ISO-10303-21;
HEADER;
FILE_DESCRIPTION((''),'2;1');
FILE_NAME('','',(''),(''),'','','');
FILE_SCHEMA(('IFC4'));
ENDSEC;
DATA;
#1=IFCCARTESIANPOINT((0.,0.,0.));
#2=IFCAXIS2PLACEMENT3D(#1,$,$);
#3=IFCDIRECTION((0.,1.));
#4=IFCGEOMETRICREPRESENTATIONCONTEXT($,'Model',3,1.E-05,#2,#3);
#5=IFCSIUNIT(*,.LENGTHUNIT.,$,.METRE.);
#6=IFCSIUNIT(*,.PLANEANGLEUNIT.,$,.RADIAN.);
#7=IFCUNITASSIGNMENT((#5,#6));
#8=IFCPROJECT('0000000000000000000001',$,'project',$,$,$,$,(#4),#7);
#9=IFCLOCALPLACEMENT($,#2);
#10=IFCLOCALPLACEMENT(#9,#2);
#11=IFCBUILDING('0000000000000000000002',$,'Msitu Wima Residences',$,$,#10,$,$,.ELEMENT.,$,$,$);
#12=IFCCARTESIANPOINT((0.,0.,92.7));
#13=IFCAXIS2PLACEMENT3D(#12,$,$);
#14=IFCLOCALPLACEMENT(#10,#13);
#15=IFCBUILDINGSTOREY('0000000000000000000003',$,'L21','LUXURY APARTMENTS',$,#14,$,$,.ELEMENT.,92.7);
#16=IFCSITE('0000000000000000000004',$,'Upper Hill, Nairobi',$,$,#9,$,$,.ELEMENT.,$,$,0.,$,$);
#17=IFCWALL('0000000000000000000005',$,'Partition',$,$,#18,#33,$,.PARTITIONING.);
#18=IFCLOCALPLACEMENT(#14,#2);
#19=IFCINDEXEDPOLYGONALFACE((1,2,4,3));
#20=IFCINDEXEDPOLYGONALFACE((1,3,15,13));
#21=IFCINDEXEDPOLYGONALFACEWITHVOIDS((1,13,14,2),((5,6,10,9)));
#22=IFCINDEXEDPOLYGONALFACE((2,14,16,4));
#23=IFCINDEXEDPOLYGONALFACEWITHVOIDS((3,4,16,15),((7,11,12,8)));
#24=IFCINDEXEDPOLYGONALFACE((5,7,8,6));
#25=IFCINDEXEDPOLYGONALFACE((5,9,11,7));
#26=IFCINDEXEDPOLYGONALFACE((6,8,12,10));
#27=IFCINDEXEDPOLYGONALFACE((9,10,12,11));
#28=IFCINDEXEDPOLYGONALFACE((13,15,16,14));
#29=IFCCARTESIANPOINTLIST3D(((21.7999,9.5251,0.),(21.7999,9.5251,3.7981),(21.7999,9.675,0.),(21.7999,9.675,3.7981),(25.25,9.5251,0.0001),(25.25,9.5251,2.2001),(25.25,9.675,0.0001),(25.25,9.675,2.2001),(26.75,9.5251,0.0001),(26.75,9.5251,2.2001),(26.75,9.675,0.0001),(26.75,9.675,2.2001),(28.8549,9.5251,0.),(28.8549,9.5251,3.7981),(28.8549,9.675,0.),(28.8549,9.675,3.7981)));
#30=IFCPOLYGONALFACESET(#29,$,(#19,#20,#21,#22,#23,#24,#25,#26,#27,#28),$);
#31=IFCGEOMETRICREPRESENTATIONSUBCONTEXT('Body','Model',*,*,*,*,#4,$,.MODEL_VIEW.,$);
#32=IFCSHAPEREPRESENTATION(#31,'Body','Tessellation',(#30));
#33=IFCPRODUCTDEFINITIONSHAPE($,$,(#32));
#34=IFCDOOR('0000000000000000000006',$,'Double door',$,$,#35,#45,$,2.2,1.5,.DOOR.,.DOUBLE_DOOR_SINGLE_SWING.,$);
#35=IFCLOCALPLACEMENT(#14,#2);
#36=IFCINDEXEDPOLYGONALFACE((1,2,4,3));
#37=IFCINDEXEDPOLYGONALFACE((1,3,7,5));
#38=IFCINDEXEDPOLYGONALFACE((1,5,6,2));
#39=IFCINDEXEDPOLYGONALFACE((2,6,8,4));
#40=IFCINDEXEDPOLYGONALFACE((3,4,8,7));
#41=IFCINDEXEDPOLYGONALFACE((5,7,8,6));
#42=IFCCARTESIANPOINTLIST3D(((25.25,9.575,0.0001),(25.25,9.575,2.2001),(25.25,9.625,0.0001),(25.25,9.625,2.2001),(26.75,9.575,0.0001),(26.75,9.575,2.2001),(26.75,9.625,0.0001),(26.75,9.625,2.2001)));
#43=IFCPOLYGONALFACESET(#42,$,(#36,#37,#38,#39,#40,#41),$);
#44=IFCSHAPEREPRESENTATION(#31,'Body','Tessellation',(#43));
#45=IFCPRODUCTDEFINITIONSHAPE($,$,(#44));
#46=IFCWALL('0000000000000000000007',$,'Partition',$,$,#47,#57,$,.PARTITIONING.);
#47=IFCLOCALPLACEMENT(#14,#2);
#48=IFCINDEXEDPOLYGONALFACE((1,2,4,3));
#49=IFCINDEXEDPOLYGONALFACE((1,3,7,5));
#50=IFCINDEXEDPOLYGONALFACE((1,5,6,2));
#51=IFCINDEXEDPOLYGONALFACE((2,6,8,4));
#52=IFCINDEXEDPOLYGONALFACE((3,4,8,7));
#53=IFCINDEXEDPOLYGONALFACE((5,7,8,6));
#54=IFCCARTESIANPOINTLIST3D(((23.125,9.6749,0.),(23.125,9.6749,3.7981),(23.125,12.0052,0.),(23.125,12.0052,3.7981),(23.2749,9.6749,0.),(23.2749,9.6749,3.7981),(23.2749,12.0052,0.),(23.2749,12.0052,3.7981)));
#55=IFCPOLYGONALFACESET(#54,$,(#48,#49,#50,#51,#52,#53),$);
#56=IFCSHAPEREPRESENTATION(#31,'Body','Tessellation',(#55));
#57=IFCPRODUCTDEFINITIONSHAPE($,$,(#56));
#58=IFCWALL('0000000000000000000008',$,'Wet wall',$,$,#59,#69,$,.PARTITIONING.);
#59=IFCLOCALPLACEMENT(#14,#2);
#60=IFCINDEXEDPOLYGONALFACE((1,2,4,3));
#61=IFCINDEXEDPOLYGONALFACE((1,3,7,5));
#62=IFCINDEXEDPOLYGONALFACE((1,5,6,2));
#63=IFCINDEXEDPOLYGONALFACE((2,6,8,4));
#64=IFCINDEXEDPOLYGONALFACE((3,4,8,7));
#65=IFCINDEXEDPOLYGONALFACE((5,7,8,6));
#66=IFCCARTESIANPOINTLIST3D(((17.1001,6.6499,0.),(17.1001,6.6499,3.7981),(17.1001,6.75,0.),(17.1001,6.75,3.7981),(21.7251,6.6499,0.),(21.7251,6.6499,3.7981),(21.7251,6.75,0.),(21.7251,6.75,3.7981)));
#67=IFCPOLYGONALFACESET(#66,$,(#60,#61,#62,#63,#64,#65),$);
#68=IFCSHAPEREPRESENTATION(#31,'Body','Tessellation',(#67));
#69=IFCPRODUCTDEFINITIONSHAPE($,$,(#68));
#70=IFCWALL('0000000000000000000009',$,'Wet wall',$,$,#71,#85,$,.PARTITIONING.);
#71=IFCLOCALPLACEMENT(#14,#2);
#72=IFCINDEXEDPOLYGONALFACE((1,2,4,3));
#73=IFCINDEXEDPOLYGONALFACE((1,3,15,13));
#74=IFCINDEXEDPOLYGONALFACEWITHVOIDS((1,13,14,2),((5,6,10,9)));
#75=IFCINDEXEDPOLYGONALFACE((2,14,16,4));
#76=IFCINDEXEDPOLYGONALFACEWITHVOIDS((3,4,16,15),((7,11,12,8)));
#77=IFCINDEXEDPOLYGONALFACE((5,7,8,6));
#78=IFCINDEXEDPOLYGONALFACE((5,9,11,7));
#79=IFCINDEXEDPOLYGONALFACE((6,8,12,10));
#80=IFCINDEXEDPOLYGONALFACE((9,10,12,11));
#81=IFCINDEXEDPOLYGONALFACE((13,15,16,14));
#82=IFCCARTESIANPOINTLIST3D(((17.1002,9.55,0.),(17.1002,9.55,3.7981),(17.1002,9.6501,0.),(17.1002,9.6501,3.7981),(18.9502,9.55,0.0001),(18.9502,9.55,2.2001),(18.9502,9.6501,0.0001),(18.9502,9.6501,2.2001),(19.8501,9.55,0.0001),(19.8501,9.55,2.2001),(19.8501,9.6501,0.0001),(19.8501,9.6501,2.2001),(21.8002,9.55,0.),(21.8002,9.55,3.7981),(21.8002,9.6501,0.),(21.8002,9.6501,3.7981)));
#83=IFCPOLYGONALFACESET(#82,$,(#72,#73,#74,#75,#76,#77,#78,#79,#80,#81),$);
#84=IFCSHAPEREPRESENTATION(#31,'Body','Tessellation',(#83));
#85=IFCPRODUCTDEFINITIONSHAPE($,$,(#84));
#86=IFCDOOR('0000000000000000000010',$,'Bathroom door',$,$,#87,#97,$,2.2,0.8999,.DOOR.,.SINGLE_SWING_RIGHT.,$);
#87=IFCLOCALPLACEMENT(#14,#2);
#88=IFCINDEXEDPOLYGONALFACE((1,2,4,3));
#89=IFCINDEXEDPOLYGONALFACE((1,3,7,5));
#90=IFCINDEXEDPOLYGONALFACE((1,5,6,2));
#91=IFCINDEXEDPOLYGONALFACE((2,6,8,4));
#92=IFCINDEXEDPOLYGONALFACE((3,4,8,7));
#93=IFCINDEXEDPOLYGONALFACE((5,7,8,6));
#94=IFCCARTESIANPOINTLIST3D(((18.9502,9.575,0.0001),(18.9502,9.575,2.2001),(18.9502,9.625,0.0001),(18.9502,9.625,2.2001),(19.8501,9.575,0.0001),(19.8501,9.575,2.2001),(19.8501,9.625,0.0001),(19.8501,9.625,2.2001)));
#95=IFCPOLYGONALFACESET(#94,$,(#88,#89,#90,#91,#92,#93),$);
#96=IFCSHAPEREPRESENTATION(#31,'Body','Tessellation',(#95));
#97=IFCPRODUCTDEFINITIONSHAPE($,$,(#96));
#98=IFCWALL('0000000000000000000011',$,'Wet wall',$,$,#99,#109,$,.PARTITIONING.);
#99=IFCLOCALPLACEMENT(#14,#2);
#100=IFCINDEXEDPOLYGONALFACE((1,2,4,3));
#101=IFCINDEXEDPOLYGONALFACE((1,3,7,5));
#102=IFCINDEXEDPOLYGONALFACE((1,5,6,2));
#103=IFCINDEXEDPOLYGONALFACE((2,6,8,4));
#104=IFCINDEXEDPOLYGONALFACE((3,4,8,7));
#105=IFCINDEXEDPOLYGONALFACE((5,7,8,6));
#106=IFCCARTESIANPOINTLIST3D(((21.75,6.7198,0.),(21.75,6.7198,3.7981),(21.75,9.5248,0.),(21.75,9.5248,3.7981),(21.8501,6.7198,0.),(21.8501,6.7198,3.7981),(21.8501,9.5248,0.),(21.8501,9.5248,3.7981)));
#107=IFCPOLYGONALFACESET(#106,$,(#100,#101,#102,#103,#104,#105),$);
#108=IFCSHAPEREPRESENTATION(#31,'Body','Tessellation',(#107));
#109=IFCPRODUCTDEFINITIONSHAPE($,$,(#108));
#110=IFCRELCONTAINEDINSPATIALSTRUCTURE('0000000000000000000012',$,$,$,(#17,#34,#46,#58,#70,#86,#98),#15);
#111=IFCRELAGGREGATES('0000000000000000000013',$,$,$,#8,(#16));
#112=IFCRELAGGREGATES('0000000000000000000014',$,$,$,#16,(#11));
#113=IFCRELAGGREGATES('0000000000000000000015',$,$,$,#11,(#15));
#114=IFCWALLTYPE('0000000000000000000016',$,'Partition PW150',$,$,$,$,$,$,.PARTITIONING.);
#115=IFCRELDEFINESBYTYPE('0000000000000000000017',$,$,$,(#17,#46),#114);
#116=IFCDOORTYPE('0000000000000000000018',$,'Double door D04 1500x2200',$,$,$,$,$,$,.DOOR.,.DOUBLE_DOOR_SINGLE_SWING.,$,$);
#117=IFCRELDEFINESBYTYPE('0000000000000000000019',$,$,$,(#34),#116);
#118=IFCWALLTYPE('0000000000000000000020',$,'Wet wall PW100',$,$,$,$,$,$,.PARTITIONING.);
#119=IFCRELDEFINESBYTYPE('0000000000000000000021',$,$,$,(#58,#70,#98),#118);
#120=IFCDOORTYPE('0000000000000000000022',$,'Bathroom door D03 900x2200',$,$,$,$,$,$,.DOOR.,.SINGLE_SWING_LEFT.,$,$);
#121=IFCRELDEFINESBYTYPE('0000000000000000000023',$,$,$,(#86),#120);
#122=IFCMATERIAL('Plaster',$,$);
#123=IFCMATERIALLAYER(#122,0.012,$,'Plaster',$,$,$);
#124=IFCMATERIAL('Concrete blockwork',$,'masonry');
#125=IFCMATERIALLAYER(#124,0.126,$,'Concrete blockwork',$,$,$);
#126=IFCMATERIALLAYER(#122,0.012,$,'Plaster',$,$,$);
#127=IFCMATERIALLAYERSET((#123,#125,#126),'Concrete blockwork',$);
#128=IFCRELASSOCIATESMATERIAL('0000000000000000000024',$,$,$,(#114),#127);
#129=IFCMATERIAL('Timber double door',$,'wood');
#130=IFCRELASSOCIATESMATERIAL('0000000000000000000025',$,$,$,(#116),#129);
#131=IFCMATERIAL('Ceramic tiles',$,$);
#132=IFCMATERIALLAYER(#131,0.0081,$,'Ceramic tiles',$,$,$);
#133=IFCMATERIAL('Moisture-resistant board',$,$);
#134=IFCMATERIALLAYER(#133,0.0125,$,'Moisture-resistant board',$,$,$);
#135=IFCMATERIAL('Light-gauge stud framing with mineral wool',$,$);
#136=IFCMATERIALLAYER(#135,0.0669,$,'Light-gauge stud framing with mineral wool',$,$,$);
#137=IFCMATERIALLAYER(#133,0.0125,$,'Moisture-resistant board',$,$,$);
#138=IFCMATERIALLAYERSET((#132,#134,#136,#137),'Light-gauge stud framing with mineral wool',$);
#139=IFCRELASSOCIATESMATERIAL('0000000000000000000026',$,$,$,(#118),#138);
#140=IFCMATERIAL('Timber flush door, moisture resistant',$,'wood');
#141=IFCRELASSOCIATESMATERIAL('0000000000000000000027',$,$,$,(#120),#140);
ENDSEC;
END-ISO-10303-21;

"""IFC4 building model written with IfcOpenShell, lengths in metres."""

from ifc_helpers import new_model, si_unit, direction, frame, frame_2d, origin, place, context, subcontext, project, spatial, rectangle, extrude, material, layer, layer_set, type_object, element, fill, save


model = new_model("IFC4")

# Units and contexts
model_context = context("Model", 3, precision=1e-05, world=origin(), true_north=direction((0.0, 1.0)))
body_context = subcontext(model_context, "Body", "Model", "MODEL_VIEW")
ifc_project = project(units=[si_unit("LENGTHUNIT", "METRE"), si_unit("PLANEANGLEUNIT", "RADIAN")], contexts=[model_context])

# Site, building, storey
site_placement = place(None, origin())
site = spatial("IfcSite", under=ifc_project, at=site_placement, Name="Upper Hill, Nairobi", CompositionType="ELEMENT", RefElevation=0.0)
building_placement = place(site_placement, origin())
building = spatial("IfcBuilding", under=site, at=building_placement, Name="Msitu Wima Residences", CompositionType="ELEMENT")
storey_placement = place(building_placement, frame((0.0, 0.0, 92.7)))
storey = spatial("IfcBuildingStorey", under=building, at=storey_placement, Name="L21", Description="LUXURY APARTMENTS", CompositionType="ELEMENT", Elevation=92.7)

# Shared definitions
ifc_material_1 = material(Name="Plaster")
ifc_layer_1 = layer(ifc_material_1, 0.012, Name="Plaster")
ifc_material_2 = material(Name="Concrete blockwork", Category="masonry")
ifc_layer_2 = layer(ifc_material_2, 0.126, Name="Concrete blockwork")
ifc_layer_3 = layer(ifc_material_1, 0.012, Name="Plaster")
ifc_layer_set_1 = layer_set([ifc_layer_1, ifc_layer_2, ifc_layer_3], Name="Concrete blockwork")
wall_type_1 = type_object("IfcWallType", Name="Partition PW150", PredefinedType="PARTITIONING", material=ifc_layer_set_1)

# Wall, opening, door
wall_1_placement = place(storey_placement, frame((21.8, 9.6001, 0.0), z_axis=(0.0, 0.0, 1.0), x_axis=(1.0, 0.0, 0.0)))
wall_1 = element("IfcWall", 1, at=wall_1_placement, inside=storey, type_object=wall_type_1, Name="Partition", PredefinedType="PARTITIONING", context=body_context, shape_type="SweptSolid", body=[
    extrude(rectangle(XDim=7.0549, YDim=0.1499, at=frame_2d((3.5273, 0.0))), origin(), (0.0, 0.0, 1.0), 3.7981),
])
opening_1_placement = place(wall_1_placement, frame((3.45, 0.0, 0.0)))
opening_1 = element("IfcOpeningElement", 2, at=opening_1_placement, cuts=wall_1, PredefinedType="OPENING", context=body_context, shape_type="SweptSolid", body=[
    extrude(rectangle(XDim=1.5, YDim=2.2, at=frame_2d((0.75, 1.1001))), frame((0.0, 0.085, 0.0), z_axis=(0.0, -1.0, 0.0), x_axis=(1.0, 0.0, 0.0)), (0.0, 0.0, 1.0), 0.1699),
])
ifc_material_3 = material(Name="Timber double door", Category="wood")
door_type_1 = type_object("IfcDoorType", Name="Double door D04 1500x2200", OperationType="DOUBLE_DOOR_SINGLE_SWING", PredefinedType="DOOR", material=ifc_material_3)
door_1_placement = place(opening_1_placement, origin())
door_1 = element("IfcDoor", 3, at=door_1_placement, inside=storey, type_object=door_type_1, Name="Double door", OperationType="DOUBLE_DOOR_SINGLE_SWING", OverallHeight=2.2, OverallWidth=1.5, PredefinedType="DOOR", context=body_context, shape_type="SweptSolid", body=[
    extrude(rectangle(XDim=1.5, YDim=2.2, at=frame_2d((0.75, 1.1001))), frame((0.0, 0.0249, 0.0), z_axis=(0.0, -1.0, 0.0), x_axis=(1.0, 0.0, 0.0)), (0.0, 0.0, 1.0), 0.05),
])
fill(opening_1, door_1)

# Walls
wall_2_placement = place(storey_placement, frame((23.2, 9.675, 0.0), z_axis=(0.0, 0.0, 1.0), x_axis=(0.0, 1.0, 0.0)))
element("IfcWall", 4, at=wall_2_placement, inside=storey, type_object=wall_type_1, Name="Partition", PredefinedType="PARTITIONING", context=body_context, shape_type="SweptSolid", body=[
    extrude(rectangle(XDim=2.3303, YDim=0.1499, at=frame_2d((1.165, 0.0))), origin(), (0.0, 0.0, 1.0), 3.7981),
])
ifc_material_4 = material(Name="Ceramic tiles")
ifc_layer_4 = layer(ifc_material_4, 0.0081, Name="Ceramic tiles")
ifc_material_5 = material(Name="Moisture-resistant board")
ifc_layer_5 = layer(ifc_material_5, 0.0125, Name="Moisture-resistant board")
ifc_material_6 = material(Name="Light-gauge stud framing with mineral wool")
ifc_layer_6 = layer(ifc_material_6, 0.0669, Name="Light-gauge stud framing with mineral wool")
ifc_layer_7 = layer(ifc_material_5, 0.0125, Name="Moisture-resistant board")
ifc_layer_set_2 = layer_set([ifc_layer_4, ifc_layer_5, ifc_layer_6, ifc_layer_7], Name="Light-gauge stud framing with mineral wool")
wall_type_2 = type_object("IfcWallType", Name="Wet wall PW100", PredefinedType="PARTITIONING", material=ifc_layer_set_2)
wall_3_placement = place(storey_placement, frame((17.1001, 6.7, 0.0), z_axis=(0.0, 0.0, 1.0), x_axis=(1.0, 0.0, 0.0)))
element("IfcWall", 5, at=wall_3_placement, inside=storey, type_object=wall_type_2, Name="Wet wall", PredefinedType="PARTITIONING", context=body_context, shape_type="SweptSolid", body=[
    extrude(rectangle(XDim=4.625, YDim=0.1001, at=frame_2d((2.3125, 0.0))), origin(), (0.0, 0.0, 1.0), 3.7981),
])

# Wall, opening, door
wall_4_placement = place(storey_placement, frame((17.1001, 9.6001, 0.0), z_axis=(0.0, 0.0, 1.0), x_axis=(1.0, 0.0, 0.0)))
wall_4 = element("IfcWall", 6, at=wall_4_placement, inside=storey, type_object=wall_type_2, Name="Wet wall", PredefinedType="PARTITIONING", context=body_context, shape_type="SweptSolid", body=[
    extrude(rectangle(XDim=4.7, YDim=0.1001, at=frame_2d((2.3501, 0.0))), origin(), (0.0, 0.0, 1.0), 3.7981),
])
opening_2_placement = place(wall_4_placement, frame((1.8501, 0.0, 0.0)))
opening_2 = element("IfcOpeningElement", 7, at=opening_2_placement, cuts=wall_4, PredefinedType="OPENING", context=body_context, shape_type="SweptSolid", body=[
    extrude(rectangle(XDim=0.8999, YDim=2.2, at=frame_2d((0.45, 1.1001))), frame((0.0, 0.0601, 0.0), z_axis=(0.0, -1.0, 0.0), x_axis=(1.0, 0.0, 0.0)), (0.0, 0.0, 1.0), 0.1201),
])
ifc_material_7 = material(Name="Timber flush door, moisture resistant", Category="wood")
door_type_2 = type_object("IfcDoorType", Name="Bathroom door D03 900x2200", OperationType="SINGLE_SWING_LEFT", PredefinedType="DOOR", material=ifc_material_7)
door_2_placement = place(opening_2_placement, origin())
door_2 = element("IfcDoor", 8, at=door_2_placement, inside=storey, type_object=door_type_2, Name="Bathroom door", OperationType="SINGLE_SWING_RIGHT", OverallHeight=2.2, OverallWidth=0.8999, PredefinedType="DOOR", context=body_context, shape_type="SweptSolid", body=[
    extrude(rectangle(XDim=0.8999, YDim=2.2, at=frame_2d((0.45, 1.1001))), frame((0.0, 0.0249, 0.0), z_axis=(0.0, -1.0, 0.0), x_axis=(1.0, 0.0, 0.0)), (0.0, 0.0, 1.0), 0.05),
])
fill(opening_2, door_2)

# Wall
wall_5_placement = place(storey_placement, frame((21.8, 6.72, 0.0), z_axis=(0.0, 0.0, 1.0), x_axis=(0.0, 1.0, 0.0)))
element("IfcWall", 9, at=wall_5_placement, inside=storey, type_object=wall_type_2, Name="Wet wall", PredefinedType="PARTITIONING", context=body_context, shape_type="SweptSolid", body=[
    extrude(rectangle(XDim=2.8049, YDim=0.1001, at=frame_2d((1.4023, 0.0))), origin(), (0.0, 0.0, 1.0), 3.7981),
])

save(model, "model.ifc")
